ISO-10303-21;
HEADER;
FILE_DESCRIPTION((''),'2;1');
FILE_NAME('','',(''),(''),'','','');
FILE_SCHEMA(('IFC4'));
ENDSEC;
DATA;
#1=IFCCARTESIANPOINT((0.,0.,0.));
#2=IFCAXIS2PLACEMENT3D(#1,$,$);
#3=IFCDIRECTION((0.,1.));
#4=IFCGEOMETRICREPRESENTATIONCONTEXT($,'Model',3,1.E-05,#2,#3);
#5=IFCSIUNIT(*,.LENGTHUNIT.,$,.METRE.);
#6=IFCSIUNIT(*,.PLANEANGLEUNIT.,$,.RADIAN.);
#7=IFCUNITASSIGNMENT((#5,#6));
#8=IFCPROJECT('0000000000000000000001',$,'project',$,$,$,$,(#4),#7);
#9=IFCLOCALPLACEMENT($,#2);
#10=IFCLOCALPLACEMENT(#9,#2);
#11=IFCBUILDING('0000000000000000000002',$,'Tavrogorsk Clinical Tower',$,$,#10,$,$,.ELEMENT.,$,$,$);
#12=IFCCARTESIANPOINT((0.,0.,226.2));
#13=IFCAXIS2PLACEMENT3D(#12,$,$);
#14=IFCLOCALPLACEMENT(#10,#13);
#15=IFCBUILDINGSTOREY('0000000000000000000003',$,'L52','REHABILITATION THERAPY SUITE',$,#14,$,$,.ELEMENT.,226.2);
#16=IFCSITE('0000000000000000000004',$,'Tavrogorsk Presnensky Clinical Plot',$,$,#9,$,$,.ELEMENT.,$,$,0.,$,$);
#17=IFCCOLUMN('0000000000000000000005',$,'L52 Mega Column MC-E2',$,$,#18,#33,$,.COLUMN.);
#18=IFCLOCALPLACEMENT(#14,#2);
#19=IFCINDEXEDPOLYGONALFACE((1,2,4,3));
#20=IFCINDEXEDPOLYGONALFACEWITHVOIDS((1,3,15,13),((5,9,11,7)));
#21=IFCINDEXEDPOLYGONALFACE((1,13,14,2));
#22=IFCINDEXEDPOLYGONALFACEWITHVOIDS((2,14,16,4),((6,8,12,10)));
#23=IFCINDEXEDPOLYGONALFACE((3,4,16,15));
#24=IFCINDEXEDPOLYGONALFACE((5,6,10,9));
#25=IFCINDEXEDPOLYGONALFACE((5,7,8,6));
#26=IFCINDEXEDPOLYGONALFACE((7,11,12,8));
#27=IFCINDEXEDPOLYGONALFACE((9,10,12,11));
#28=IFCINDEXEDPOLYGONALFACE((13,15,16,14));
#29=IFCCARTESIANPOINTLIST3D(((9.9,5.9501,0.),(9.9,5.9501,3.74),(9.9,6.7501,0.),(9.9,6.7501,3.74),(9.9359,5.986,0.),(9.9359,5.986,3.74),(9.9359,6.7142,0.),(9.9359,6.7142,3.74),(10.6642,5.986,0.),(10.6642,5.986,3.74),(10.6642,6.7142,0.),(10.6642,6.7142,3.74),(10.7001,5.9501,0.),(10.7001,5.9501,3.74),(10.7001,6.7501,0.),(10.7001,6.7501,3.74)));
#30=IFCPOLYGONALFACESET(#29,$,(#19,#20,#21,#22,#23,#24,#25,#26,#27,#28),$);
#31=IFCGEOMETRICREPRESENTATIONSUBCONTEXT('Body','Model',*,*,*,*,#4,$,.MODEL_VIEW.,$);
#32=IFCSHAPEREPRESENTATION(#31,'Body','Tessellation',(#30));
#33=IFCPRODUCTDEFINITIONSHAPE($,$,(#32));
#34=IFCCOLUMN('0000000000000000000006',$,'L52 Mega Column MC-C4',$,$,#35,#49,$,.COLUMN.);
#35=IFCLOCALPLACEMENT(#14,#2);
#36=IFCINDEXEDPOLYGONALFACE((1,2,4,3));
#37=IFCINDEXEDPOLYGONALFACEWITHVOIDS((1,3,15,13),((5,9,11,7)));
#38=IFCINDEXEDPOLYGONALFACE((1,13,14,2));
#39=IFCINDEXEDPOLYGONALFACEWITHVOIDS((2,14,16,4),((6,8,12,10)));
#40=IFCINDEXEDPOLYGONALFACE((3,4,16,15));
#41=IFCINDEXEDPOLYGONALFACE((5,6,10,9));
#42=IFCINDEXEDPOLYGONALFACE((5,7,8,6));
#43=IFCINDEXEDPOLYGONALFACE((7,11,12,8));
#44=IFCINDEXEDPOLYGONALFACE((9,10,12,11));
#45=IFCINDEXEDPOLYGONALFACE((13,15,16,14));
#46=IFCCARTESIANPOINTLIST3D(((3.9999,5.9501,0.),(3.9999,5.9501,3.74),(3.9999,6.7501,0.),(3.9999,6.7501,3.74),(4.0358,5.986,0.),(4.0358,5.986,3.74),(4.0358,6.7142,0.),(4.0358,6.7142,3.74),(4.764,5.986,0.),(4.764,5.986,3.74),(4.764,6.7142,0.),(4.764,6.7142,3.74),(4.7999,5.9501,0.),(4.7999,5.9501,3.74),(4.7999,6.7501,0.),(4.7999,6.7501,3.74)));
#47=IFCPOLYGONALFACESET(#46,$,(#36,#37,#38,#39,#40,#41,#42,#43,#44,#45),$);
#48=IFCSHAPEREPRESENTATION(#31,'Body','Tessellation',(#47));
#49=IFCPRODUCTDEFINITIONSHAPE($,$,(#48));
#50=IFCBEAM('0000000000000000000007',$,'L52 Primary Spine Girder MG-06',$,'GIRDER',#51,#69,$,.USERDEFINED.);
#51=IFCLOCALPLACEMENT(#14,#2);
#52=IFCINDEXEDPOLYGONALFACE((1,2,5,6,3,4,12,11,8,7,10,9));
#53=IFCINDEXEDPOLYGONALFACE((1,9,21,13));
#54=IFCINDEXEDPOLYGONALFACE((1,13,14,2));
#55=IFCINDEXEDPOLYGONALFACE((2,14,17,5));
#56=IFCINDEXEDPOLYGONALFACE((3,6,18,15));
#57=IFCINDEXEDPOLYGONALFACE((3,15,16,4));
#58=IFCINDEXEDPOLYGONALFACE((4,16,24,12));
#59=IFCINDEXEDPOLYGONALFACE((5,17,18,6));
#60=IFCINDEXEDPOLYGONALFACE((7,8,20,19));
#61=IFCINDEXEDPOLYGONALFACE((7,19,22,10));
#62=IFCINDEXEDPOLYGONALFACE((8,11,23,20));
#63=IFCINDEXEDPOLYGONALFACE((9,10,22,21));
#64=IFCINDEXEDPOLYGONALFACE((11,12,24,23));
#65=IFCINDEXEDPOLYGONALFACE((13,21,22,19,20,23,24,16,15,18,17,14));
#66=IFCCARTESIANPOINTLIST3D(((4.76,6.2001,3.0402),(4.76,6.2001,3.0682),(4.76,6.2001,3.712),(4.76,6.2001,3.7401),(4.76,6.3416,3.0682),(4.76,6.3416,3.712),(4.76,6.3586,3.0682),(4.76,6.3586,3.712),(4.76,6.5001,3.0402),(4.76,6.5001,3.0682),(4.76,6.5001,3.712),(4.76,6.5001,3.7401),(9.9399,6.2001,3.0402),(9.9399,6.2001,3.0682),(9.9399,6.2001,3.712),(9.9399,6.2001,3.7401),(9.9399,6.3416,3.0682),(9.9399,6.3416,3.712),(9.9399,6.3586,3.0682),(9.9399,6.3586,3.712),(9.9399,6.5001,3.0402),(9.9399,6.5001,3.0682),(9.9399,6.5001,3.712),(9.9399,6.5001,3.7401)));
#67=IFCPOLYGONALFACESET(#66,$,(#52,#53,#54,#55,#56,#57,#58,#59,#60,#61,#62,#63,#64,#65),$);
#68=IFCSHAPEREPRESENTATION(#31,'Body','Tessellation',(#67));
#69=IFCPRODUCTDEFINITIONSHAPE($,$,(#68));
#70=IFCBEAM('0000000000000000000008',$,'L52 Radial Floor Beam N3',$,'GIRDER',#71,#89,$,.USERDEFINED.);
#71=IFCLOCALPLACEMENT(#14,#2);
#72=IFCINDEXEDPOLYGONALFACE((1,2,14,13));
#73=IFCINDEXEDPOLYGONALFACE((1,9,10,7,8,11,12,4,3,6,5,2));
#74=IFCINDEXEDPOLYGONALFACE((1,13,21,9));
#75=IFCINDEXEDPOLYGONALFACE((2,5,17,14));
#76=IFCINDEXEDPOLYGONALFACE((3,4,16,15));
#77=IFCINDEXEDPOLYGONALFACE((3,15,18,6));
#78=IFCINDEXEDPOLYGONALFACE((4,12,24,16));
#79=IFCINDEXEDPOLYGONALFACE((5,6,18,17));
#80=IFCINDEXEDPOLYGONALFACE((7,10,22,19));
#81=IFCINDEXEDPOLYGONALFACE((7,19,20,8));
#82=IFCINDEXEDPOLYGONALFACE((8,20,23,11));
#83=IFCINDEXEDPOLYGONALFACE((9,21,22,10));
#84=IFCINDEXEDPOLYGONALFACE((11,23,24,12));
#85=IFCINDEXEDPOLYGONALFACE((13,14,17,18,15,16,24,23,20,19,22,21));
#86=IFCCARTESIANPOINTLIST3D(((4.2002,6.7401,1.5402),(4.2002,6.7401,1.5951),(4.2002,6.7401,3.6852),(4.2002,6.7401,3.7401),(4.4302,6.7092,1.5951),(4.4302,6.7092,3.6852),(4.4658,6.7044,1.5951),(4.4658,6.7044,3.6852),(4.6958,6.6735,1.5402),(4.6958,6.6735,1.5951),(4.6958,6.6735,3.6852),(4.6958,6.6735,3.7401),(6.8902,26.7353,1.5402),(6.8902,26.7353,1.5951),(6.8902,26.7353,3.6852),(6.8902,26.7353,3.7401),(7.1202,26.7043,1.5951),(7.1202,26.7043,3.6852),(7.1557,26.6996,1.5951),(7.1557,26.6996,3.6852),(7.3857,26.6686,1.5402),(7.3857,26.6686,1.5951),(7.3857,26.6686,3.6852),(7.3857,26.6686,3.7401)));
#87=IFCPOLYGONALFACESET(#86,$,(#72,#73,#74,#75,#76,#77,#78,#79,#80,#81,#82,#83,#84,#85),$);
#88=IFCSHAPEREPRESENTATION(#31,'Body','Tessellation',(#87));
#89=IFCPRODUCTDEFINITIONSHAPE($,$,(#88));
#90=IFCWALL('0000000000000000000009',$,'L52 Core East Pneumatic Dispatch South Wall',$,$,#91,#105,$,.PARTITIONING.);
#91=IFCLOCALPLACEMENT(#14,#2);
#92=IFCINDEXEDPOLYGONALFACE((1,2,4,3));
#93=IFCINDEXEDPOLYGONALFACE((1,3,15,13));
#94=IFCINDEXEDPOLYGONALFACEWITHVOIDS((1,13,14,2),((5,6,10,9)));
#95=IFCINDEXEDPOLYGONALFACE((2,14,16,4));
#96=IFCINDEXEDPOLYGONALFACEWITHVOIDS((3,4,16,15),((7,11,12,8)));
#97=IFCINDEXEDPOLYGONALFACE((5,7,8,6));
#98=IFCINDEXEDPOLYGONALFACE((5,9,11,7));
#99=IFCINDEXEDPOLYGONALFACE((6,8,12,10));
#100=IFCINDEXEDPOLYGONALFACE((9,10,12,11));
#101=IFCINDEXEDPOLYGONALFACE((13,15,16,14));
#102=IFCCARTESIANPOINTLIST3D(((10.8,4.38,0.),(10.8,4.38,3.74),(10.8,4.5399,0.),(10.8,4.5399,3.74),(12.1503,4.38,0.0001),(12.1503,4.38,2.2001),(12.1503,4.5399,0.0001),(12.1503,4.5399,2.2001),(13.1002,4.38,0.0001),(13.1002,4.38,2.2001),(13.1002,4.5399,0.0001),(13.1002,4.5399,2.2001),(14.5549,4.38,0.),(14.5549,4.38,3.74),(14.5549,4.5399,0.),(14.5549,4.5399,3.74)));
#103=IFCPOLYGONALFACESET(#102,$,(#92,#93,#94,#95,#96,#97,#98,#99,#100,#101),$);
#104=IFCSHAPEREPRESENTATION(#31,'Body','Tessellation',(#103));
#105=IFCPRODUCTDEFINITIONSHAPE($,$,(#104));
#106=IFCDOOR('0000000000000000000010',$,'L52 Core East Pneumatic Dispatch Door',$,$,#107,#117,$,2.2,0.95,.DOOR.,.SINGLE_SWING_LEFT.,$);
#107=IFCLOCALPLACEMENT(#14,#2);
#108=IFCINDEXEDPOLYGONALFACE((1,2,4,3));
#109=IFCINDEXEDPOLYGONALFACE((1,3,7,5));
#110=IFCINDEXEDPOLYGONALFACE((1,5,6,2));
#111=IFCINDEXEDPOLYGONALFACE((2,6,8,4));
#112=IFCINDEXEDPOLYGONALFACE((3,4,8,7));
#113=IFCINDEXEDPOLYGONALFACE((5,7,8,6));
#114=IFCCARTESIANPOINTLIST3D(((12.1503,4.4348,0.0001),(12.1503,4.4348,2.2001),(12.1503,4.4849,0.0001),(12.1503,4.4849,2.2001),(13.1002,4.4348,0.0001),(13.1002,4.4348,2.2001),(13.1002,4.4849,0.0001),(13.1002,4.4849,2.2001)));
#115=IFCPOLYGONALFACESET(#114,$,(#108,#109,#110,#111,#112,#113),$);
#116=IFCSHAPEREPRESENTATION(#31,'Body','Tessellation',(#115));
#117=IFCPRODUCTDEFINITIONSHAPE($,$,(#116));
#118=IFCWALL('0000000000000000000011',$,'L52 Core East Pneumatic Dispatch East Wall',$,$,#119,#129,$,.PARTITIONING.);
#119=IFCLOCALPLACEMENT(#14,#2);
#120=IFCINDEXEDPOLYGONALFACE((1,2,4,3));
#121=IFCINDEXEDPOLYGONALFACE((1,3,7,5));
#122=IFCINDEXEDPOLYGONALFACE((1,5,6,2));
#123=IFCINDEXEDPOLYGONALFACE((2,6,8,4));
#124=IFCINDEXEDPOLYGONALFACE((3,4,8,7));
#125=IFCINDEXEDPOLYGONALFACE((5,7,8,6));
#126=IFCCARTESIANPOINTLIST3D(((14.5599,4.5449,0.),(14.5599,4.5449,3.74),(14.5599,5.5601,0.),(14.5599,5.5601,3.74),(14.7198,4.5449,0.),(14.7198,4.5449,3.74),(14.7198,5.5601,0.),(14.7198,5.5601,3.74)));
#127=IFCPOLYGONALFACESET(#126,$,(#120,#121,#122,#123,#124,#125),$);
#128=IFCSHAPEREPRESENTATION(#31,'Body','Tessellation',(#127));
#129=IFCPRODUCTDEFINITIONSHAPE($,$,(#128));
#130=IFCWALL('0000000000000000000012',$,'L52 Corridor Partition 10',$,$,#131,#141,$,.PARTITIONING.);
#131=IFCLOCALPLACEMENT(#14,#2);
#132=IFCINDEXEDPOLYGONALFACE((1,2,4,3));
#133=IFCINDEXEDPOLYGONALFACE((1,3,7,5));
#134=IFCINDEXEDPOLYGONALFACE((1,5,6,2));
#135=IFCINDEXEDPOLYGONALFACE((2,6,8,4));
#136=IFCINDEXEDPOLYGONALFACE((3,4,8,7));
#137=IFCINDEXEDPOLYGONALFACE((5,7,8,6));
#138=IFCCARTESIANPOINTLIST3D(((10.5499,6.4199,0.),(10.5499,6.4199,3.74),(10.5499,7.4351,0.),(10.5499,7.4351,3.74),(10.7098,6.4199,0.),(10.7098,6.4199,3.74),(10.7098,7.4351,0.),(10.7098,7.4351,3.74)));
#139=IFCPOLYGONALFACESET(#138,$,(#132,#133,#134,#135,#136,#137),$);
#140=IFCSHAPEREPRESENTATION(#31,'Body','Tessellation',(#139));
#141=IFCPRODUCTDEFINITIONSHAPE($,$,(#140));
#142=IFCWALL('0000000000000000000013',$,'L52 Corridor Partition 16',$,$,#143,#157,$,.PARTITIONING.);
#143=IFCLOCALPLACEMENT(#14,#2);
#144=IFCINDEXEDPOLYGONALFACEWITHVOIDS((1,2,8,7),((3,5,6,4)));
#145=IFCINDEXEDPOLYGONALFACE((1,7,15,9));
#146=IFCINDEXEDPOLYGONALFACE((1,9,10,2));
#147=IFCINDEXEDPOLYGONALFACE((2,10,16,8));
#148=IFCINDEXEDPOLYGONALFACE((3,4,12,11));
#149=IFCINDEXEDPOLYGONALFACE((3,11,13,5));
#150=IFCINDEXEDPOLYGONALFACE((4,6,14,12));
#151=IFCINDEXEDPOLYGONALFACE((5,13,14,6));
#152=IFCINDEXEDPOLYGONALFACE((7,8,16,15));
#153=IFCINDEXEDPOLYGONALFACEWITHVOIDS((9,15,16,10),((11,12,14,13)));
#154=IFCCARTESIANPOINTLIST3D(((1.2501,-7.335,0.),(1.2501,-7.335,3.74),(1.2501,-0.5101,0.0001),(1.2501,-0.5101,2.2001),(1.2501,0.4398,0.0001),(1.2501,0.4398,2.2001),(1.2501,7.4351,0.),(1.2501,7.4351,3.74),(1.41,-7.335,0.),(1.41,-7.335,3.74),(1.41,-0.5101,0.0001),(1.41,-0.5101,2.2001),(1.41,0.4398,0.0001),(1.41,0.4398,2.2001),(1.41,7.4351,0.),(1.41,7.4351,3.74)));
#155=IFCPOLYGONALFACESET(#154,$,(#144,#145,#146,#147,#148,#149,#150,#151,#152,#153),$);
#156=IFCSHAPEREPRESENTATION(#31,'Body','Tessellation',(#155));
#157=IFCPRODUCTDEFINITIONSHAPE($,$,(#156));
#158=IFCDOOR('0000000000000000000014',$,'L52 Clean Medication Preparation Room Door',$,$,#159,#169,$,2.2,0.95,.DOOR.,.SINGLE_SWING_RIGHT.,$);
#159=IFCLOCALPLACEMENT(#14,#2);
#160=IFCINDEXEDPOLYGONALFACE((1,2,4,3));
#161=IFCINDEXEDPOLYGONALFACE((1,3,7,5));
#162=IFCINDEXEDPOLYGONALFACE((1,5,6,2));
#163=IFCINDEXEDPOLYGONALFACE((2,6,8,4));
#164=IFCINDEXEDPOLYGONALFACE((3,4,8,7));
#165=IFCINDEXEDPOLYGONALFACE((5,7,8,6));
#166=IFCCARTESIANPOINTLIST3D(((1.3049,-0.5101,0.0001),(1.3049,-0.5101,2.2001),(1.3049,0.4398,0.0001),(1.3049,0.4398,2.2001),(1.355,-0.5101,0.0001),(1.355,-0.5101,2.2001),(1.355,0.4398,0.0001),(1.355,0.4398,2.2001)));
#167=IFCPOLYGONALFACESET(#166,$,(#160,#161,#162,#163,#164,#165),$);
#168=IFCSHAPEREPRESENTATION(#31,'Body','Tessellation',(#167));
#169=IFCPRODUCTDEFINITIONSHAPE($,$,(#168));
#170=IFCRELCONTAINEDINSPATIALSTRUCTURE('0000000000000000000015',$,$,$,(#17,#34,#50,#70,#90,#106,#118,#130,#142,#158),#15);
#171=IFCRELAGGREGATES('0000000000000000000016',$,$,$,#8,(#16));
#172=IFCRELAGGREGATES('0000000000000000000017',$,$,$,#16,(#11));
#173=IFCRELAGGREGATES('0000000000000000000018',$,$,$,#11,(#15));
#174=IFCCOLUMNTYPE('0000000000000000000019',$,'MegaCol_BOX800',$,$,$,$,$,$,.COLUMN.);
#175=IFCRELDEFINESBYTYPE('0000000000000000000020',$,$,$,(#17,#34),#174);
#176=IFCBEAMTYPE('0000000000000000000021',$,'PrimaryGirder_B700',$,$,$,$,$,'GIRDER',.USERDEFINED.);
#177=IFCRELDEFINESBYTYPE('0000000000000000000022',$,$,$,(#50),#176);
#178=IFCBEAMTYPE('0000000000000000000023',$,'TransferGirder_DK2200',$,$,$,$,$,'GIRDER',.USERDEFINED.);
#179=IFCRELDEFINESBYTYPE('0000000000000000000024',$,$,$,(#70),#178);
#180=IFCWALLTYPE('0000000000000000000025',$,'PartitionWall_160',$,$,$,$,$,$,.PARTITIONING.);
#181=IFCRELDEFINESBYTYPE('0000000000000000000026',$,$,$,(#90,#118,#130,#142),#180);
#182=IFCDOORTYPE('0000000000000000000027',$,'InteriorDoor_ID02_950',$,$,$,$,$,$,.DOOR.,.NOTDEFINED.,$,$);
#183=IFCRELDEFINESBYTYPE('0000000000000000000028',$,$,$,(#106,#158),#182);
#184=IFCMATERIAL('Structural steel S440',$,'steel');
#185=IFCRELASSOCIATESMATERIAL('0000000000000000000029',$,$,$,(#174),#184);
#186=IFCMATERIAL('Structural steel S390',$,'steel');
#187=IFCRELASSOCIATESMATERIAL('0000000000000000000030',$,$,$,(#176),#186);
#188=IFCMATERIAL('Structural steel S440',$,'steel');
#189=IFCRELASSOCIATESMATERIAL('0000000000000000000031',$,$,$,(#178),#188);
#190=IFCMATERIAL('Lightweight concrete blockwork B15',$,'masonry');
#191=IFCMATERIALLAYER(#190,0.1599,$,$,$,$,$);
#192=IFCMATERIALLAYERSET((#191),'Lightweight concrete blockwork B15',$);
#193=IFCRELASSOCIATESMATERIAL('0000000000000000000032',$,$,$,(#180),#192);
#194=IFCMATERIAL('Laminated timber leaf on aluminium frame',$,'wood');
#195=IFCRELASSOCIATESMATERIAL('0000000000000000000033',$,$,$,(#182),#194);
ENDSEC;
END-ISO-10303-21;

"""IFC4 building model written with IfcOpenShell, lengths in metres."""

from ifc_helpers import new_model, si_unit, direction, frame, frame_2d, origin, origin_2d, place, context, subcontext, project, spatial, rectangle, hollow_rectangle, i_section, extrude, material, layer, layer_set, material_profile, profile_set, type_object, element, fill, save


model = new_model("IFC4")

# Units and contexts
model_context = context("Model", 3, precision=1e-05, world=origin(), true_north=direction((0.0, 1.0)))
body_context = subcontext(model_context, "Body", "Model", "MODEL_VIEW")
ifc_project = project(units=[si_unit("LENGTHUNIT", "METRE"), si_unit("PLANEANGLEUNIT", "RADIAN")], contexts=[model_context])

# Site, building, storey
site_placement = place(None, origin())
site = spatial("IfcSite", under=ifc_project, at=site_placement, Name="Tavrogorsk Presnensky Clinical Plot", CompositionType="ELEMENT", RefElevation=0.0)
building_placement = place(site_placement, origin())
building = spatial("IfcBuilding", under=site, at=building_placement, Name="Tavrogorsk Clinical Tower", CompositionType="ELEMENT")
storey_placement = place(building_placement, frame((0.0, 0.0, 226.2)))
storey = spatial("IfcBuildingStorey", under=building, at=storey_placement, Name="L52", Description="REHABILITATION THERAPY SUITE", CompositionType="ELEMENT", Elevation=226.2)

# Columns
ifc_material_1 = material(Name="Structural steel S440", Category="steel")
ifc_material_profile_1 = material_profile(ifc_material_1, hollow_rectangle(XDim=0.8, YDim=0.8, WallThickness=0.0359, at=origin_2d()), Name="BOX-800x800x36")
ifc_profile_set_1 = profile_set([ifc_material_profile_1], Name="Structural steel S440")
column_type = type_object("IfcColumnType", Name="MegaCol_BOX800", PredefinedType="COLUMN", material=ifc_profile_set_1)
for number, where, z_axis, x_axis, name in (
    (1, (10.3, 6.3501, 0.0), (0.0, 0.0, 1.0), (1.0, 0.0, 0.0), "L52 Mega Column MC-E2"),
    (2, (4.3999, 6.3501, 0.0), (0.0, 0.0, 1.0), (1.0, 0.0, 0.0), "L52 Mega Column MC-C4"),
):
    element("IfcColumn", number, at=place(storey_placement, frame(where, z_axis=z_axis, x_axis=x_axis)), inside=storey, type_object=column_type, Name=name, PredefinedType="COLUMN", context=body_context, shape_type="SweptSolid", body=[
        extrude(hollow_rectangle(XDim=0.8, YDim=0.8, WallThickness=0.0359, at=origin_2d()), origin(), (0.0, 0.0, 1.0), 3.74),
    ])

# Beams
ifc_material_2 = material(Name="Structural steel S390", Category="steel")
ifc_material_profile_2 = material_profile(ifc_material_2, i_section(OverallWidth=0.3, OverallDepth=0.7, WebThickness=0.0171, FlangeThickness=0.0281, at=origin_2d()), Name="B-700x300x17x28")
ifc_profile_set_2 = profile_set([ifc_material_profile_2], Name="Structural steel S390")
beam_type_1 = type_object("IfcBeamType", Name="PrimaryGirder_B700", ElementType="GIRDER", PredefinedType="USERDEFINED", material=ifc_profile_set_2)
beam_1_placement = place(storey_placement, frame((4.76, 6.3501, 3.3901), z_axis=(1.0, 0.0, 0.0), x_axis=(0.0, 1.0, 0.0)))
element("IfcBeam", 3, at=beam_1_placement, inside=storey, type_object=beam_type_1, Name="L52 Primary Spine Girder MG-06", ObjectType="GIRDER", PredefinedType="USERDEFINED", context=body_context, shape_type="SweptSolid", body=[
    extrude(i_section(OverallWidth=0.3, OverallDepth=0.7, WebThickness=0.0171, FlangeThickness=0.0281, at=origin_2d()), origin(), (0.0, 0.0, 1.0), 5.1799),
])
ifc_material_3 = material(Name="Structural steel S440", Category="steel")
ifc_material_profile_3 = material_profile(ifc_material_3, i_section(OverallWidth=0.5, OverallDepth=2.2, WebThickness=0.0359, FlangeThickness=0.0549, at=origin_2d()), Name="DK-2200x500x36x55")
ifc_profile_set_3 = profile_set([ifc_material_profile_3], Name="Structural steel S440")
beam_type_2 = type_object("IfcBeamType", Name="TransferGirder_DK2200", ElementType="GIRDER", PredefinedType="USERDEFINED", material=ifc_profile_set_3)
beam_2_placement = place(storey_placement, frame((4.448, 6.7068, 2.6401), z_axis=(0.133329, 0.991072, 0.0), x_axis=(-0.991072, 0.133329, 0.0)))
element("IfcBeam", 4, at=beam_2_placement, inside=storey, type_object=beam_type_2, Name="L52 Radial Floor Beam N3", ObjectType="GIRDER", PredefinedType="USERDEFINED", context=body_context, shape_type="SweptSolid", body=[
    extrude(i_section(OverallWidth=0.5, OverallDepth=2.2, WebThickness=0.0359, FlangeThickness=0.0549, at=origin_2d()), origin(), (0.0, 0.0, 1.0), 20.1753),
])

# Wall, opening, door
ifc_material_4 = material(Name="Lightweight concrete blockwork B15", Category="masonry")
ifc_layer_1 = layer(ifc_material_4, 0.1599)
ifc_layer_set_1 = layer_set([ifc_layer_1], Name="Lightweight concrete blockwork B15")
wall_type_1 = type_object("IfcWallType", Name="PartitionWall_160", PredefinedType="PARTITIONING", material=ifc_layer_set_1)
wall_1_placement = place(storey_placement, frame((10.8, 4.46, 0.0), z_axis=(0.0, 0.0, 1.0), x_axis=(1.0, 0.0, 0.0)))
wall_1 = element("IfcWall", 5, at=wall_1_placement, inside=storey, type_object=wall_type_1, Name="L52 Core East Pneumatic Dispatch South Wall", PredefinedType="PARTITIONING", context=body_context, shape_type="SweptSolid", body=[
    extrude(rectangle(XDim=3.7549, YDim=0.1599, at=frame_2d((1.8774, 0.0))), origin(), (0.0, 0.0, 1.0), 3.74),
])
opening_1_placement = place(wall_1_placement, frame((1.3501, 0.0, 0.0)))
opening_1 = element("IfcOpeningElement", 6, at=opening_1_placement, cuts=wall_1, PredefinedType="OPENING", context=body_context, shape_type="SweptSolid", body=[
    extrude(rectangle(XDim=0.95, YDim=2.2, at=frame_2d((0.4751, 1.1001))), frame((0.0, 0.0898, 0.0), z_axis=(0.0, -1.0, 0.0), x_axis=(1.0, 0.0, 0.0)), (0.0, 0.0, 1.0), 0.1799),
])
ifc_material_5 = material(Name="Laminated timber leaf on aluminium frame", Category="wood")
door_type_1 = type_object("IfcDoorType", Name="InteriorDoor_ID02_950", OperationType="NOTDEFINED", PredefinedType="DOOR", material=ifc_material_5)
door_1_placement = place(opening_1_placement, origin())
door_1 = element("IfcDoor", 7, at=door_1_placement, inside=storey, type_object=door_type_1, Name="L52 Core East Pneumatic Dispatch Door", OperationType="SINGLE_SWING_LEFT", OverallHeight=2.2, OverallWidth=0.95, PredefinedType="DOOR", context=body_context, shape_type="SweptSolid", body=[
    extrude(rectangle(XDim=0.95, YDim=2.2, at=frame_2d((0.4751, 1.1001))), frame((0.0, 0.0249, 0.0), z_axis=(0.0, -1.0, 0.0), x_axis=(1.0, 0.0, 0.0)), (0.0, 0.0, 1.0), 0.05),
])
fill(opening_1, door_1)

# Walls
for number, where, z_axis, x_axis, name in (
    (8, (14.6399, 4.5449, 0.0), (0.0, 0.0, 1.0), (0.0, 1.0, 0.0), "L52 Core East Pneumatic Dispatch East Wall"),
    (9, (10.6299, 7.4351, 0.0), (0.0, 0.0, 1.0), (0.0, -1.0, 0.0), "L52 Corridor Partition 10"),
):
    element("IfcWall", number, at=place(storey_placement, frame(where, z_axis=z_axis, x_axis=x_axis)), inside=storey, type_object=wall_type_1, Name=name, PredefinedType="PARTITIONING", context=body_context, shape_type="SweptSolid", body=[
        extrude(rectangle(XDim=1.0151, YDim=0.1599, at=frame_2d((0.5076, 0.0))), origin(), (0.0, 0.0, 1.0), 3.74),
    ])

# Wall, opening, door
wall_2_placement = place(storey_placement, frame((1.3301, 7.4351, 0.0), z_axis=(0.0, 0.0, 1.0), x_axis=(0.0, -1.0, 0.0)))
wall_2 = element("IfcWall", 10, at=wall_2_placement, inside=storey, type_object=wall_type_1, Name="L52 Corridor Partition 16", PredefinedType="PARTITIONING", context=body_context, shape_type="SweptSolid", body=[
    extrude(rectangle(XDim=14.77, YDim=0.1599, at=frame_2d((7.385, 0.0))), origin(), (0.0, 0.0, 1.0), 3.74),
])
opening_2_placement = place(wall_2_placement, frame((6.9951, 0.0, 0.0)))
opening_2 = element("IfcOpeningElement", 11, at=opening_2_placement, cuts=wall_2, PredefinedType="OPENING", context=body_context, shape_type="SweptSolid", body=[
    extrude(rectangle(XDim=0.95, YDim=2.2, at=frame_2d((0.4751, 1.1001))), frame((0.0, 0.0898, 0.0), z_axis=(0.0, -1.0, 0.0), x_axis=(1.0, 0.0, 0.0)), (0.0, 0.0, 1.0), 0.1799),
])
door_2_placement = place(opening_2_placement, origin())
door_2 = element("IfcDoor", 12, at=door_2_placement, inside=storey, type_object=door_type_1, Name="L52 Clean Medication Preparation Room Door", OperationType="SINGLE_SWING_RIGHT", OverallHeight=2.2, OverallWidth=0.95, PredefinedType="DOOR", context=body_context, shape_type="SweptSolid", body=[
    extrude(rectangle(XDim=0.95, YDim=2.2, at=frame_2d((0.4751, 1.1001))), frame((0.0, 0.0249, 0.0), z_axis=(0.0, -1.0, 0.0), x_axis=(1.0, 0.0, 0.0)), (0.0, 0.0, 1.0), 0.05),
])
fill(opening_2, door_2)

save(model, "model.ifc")
